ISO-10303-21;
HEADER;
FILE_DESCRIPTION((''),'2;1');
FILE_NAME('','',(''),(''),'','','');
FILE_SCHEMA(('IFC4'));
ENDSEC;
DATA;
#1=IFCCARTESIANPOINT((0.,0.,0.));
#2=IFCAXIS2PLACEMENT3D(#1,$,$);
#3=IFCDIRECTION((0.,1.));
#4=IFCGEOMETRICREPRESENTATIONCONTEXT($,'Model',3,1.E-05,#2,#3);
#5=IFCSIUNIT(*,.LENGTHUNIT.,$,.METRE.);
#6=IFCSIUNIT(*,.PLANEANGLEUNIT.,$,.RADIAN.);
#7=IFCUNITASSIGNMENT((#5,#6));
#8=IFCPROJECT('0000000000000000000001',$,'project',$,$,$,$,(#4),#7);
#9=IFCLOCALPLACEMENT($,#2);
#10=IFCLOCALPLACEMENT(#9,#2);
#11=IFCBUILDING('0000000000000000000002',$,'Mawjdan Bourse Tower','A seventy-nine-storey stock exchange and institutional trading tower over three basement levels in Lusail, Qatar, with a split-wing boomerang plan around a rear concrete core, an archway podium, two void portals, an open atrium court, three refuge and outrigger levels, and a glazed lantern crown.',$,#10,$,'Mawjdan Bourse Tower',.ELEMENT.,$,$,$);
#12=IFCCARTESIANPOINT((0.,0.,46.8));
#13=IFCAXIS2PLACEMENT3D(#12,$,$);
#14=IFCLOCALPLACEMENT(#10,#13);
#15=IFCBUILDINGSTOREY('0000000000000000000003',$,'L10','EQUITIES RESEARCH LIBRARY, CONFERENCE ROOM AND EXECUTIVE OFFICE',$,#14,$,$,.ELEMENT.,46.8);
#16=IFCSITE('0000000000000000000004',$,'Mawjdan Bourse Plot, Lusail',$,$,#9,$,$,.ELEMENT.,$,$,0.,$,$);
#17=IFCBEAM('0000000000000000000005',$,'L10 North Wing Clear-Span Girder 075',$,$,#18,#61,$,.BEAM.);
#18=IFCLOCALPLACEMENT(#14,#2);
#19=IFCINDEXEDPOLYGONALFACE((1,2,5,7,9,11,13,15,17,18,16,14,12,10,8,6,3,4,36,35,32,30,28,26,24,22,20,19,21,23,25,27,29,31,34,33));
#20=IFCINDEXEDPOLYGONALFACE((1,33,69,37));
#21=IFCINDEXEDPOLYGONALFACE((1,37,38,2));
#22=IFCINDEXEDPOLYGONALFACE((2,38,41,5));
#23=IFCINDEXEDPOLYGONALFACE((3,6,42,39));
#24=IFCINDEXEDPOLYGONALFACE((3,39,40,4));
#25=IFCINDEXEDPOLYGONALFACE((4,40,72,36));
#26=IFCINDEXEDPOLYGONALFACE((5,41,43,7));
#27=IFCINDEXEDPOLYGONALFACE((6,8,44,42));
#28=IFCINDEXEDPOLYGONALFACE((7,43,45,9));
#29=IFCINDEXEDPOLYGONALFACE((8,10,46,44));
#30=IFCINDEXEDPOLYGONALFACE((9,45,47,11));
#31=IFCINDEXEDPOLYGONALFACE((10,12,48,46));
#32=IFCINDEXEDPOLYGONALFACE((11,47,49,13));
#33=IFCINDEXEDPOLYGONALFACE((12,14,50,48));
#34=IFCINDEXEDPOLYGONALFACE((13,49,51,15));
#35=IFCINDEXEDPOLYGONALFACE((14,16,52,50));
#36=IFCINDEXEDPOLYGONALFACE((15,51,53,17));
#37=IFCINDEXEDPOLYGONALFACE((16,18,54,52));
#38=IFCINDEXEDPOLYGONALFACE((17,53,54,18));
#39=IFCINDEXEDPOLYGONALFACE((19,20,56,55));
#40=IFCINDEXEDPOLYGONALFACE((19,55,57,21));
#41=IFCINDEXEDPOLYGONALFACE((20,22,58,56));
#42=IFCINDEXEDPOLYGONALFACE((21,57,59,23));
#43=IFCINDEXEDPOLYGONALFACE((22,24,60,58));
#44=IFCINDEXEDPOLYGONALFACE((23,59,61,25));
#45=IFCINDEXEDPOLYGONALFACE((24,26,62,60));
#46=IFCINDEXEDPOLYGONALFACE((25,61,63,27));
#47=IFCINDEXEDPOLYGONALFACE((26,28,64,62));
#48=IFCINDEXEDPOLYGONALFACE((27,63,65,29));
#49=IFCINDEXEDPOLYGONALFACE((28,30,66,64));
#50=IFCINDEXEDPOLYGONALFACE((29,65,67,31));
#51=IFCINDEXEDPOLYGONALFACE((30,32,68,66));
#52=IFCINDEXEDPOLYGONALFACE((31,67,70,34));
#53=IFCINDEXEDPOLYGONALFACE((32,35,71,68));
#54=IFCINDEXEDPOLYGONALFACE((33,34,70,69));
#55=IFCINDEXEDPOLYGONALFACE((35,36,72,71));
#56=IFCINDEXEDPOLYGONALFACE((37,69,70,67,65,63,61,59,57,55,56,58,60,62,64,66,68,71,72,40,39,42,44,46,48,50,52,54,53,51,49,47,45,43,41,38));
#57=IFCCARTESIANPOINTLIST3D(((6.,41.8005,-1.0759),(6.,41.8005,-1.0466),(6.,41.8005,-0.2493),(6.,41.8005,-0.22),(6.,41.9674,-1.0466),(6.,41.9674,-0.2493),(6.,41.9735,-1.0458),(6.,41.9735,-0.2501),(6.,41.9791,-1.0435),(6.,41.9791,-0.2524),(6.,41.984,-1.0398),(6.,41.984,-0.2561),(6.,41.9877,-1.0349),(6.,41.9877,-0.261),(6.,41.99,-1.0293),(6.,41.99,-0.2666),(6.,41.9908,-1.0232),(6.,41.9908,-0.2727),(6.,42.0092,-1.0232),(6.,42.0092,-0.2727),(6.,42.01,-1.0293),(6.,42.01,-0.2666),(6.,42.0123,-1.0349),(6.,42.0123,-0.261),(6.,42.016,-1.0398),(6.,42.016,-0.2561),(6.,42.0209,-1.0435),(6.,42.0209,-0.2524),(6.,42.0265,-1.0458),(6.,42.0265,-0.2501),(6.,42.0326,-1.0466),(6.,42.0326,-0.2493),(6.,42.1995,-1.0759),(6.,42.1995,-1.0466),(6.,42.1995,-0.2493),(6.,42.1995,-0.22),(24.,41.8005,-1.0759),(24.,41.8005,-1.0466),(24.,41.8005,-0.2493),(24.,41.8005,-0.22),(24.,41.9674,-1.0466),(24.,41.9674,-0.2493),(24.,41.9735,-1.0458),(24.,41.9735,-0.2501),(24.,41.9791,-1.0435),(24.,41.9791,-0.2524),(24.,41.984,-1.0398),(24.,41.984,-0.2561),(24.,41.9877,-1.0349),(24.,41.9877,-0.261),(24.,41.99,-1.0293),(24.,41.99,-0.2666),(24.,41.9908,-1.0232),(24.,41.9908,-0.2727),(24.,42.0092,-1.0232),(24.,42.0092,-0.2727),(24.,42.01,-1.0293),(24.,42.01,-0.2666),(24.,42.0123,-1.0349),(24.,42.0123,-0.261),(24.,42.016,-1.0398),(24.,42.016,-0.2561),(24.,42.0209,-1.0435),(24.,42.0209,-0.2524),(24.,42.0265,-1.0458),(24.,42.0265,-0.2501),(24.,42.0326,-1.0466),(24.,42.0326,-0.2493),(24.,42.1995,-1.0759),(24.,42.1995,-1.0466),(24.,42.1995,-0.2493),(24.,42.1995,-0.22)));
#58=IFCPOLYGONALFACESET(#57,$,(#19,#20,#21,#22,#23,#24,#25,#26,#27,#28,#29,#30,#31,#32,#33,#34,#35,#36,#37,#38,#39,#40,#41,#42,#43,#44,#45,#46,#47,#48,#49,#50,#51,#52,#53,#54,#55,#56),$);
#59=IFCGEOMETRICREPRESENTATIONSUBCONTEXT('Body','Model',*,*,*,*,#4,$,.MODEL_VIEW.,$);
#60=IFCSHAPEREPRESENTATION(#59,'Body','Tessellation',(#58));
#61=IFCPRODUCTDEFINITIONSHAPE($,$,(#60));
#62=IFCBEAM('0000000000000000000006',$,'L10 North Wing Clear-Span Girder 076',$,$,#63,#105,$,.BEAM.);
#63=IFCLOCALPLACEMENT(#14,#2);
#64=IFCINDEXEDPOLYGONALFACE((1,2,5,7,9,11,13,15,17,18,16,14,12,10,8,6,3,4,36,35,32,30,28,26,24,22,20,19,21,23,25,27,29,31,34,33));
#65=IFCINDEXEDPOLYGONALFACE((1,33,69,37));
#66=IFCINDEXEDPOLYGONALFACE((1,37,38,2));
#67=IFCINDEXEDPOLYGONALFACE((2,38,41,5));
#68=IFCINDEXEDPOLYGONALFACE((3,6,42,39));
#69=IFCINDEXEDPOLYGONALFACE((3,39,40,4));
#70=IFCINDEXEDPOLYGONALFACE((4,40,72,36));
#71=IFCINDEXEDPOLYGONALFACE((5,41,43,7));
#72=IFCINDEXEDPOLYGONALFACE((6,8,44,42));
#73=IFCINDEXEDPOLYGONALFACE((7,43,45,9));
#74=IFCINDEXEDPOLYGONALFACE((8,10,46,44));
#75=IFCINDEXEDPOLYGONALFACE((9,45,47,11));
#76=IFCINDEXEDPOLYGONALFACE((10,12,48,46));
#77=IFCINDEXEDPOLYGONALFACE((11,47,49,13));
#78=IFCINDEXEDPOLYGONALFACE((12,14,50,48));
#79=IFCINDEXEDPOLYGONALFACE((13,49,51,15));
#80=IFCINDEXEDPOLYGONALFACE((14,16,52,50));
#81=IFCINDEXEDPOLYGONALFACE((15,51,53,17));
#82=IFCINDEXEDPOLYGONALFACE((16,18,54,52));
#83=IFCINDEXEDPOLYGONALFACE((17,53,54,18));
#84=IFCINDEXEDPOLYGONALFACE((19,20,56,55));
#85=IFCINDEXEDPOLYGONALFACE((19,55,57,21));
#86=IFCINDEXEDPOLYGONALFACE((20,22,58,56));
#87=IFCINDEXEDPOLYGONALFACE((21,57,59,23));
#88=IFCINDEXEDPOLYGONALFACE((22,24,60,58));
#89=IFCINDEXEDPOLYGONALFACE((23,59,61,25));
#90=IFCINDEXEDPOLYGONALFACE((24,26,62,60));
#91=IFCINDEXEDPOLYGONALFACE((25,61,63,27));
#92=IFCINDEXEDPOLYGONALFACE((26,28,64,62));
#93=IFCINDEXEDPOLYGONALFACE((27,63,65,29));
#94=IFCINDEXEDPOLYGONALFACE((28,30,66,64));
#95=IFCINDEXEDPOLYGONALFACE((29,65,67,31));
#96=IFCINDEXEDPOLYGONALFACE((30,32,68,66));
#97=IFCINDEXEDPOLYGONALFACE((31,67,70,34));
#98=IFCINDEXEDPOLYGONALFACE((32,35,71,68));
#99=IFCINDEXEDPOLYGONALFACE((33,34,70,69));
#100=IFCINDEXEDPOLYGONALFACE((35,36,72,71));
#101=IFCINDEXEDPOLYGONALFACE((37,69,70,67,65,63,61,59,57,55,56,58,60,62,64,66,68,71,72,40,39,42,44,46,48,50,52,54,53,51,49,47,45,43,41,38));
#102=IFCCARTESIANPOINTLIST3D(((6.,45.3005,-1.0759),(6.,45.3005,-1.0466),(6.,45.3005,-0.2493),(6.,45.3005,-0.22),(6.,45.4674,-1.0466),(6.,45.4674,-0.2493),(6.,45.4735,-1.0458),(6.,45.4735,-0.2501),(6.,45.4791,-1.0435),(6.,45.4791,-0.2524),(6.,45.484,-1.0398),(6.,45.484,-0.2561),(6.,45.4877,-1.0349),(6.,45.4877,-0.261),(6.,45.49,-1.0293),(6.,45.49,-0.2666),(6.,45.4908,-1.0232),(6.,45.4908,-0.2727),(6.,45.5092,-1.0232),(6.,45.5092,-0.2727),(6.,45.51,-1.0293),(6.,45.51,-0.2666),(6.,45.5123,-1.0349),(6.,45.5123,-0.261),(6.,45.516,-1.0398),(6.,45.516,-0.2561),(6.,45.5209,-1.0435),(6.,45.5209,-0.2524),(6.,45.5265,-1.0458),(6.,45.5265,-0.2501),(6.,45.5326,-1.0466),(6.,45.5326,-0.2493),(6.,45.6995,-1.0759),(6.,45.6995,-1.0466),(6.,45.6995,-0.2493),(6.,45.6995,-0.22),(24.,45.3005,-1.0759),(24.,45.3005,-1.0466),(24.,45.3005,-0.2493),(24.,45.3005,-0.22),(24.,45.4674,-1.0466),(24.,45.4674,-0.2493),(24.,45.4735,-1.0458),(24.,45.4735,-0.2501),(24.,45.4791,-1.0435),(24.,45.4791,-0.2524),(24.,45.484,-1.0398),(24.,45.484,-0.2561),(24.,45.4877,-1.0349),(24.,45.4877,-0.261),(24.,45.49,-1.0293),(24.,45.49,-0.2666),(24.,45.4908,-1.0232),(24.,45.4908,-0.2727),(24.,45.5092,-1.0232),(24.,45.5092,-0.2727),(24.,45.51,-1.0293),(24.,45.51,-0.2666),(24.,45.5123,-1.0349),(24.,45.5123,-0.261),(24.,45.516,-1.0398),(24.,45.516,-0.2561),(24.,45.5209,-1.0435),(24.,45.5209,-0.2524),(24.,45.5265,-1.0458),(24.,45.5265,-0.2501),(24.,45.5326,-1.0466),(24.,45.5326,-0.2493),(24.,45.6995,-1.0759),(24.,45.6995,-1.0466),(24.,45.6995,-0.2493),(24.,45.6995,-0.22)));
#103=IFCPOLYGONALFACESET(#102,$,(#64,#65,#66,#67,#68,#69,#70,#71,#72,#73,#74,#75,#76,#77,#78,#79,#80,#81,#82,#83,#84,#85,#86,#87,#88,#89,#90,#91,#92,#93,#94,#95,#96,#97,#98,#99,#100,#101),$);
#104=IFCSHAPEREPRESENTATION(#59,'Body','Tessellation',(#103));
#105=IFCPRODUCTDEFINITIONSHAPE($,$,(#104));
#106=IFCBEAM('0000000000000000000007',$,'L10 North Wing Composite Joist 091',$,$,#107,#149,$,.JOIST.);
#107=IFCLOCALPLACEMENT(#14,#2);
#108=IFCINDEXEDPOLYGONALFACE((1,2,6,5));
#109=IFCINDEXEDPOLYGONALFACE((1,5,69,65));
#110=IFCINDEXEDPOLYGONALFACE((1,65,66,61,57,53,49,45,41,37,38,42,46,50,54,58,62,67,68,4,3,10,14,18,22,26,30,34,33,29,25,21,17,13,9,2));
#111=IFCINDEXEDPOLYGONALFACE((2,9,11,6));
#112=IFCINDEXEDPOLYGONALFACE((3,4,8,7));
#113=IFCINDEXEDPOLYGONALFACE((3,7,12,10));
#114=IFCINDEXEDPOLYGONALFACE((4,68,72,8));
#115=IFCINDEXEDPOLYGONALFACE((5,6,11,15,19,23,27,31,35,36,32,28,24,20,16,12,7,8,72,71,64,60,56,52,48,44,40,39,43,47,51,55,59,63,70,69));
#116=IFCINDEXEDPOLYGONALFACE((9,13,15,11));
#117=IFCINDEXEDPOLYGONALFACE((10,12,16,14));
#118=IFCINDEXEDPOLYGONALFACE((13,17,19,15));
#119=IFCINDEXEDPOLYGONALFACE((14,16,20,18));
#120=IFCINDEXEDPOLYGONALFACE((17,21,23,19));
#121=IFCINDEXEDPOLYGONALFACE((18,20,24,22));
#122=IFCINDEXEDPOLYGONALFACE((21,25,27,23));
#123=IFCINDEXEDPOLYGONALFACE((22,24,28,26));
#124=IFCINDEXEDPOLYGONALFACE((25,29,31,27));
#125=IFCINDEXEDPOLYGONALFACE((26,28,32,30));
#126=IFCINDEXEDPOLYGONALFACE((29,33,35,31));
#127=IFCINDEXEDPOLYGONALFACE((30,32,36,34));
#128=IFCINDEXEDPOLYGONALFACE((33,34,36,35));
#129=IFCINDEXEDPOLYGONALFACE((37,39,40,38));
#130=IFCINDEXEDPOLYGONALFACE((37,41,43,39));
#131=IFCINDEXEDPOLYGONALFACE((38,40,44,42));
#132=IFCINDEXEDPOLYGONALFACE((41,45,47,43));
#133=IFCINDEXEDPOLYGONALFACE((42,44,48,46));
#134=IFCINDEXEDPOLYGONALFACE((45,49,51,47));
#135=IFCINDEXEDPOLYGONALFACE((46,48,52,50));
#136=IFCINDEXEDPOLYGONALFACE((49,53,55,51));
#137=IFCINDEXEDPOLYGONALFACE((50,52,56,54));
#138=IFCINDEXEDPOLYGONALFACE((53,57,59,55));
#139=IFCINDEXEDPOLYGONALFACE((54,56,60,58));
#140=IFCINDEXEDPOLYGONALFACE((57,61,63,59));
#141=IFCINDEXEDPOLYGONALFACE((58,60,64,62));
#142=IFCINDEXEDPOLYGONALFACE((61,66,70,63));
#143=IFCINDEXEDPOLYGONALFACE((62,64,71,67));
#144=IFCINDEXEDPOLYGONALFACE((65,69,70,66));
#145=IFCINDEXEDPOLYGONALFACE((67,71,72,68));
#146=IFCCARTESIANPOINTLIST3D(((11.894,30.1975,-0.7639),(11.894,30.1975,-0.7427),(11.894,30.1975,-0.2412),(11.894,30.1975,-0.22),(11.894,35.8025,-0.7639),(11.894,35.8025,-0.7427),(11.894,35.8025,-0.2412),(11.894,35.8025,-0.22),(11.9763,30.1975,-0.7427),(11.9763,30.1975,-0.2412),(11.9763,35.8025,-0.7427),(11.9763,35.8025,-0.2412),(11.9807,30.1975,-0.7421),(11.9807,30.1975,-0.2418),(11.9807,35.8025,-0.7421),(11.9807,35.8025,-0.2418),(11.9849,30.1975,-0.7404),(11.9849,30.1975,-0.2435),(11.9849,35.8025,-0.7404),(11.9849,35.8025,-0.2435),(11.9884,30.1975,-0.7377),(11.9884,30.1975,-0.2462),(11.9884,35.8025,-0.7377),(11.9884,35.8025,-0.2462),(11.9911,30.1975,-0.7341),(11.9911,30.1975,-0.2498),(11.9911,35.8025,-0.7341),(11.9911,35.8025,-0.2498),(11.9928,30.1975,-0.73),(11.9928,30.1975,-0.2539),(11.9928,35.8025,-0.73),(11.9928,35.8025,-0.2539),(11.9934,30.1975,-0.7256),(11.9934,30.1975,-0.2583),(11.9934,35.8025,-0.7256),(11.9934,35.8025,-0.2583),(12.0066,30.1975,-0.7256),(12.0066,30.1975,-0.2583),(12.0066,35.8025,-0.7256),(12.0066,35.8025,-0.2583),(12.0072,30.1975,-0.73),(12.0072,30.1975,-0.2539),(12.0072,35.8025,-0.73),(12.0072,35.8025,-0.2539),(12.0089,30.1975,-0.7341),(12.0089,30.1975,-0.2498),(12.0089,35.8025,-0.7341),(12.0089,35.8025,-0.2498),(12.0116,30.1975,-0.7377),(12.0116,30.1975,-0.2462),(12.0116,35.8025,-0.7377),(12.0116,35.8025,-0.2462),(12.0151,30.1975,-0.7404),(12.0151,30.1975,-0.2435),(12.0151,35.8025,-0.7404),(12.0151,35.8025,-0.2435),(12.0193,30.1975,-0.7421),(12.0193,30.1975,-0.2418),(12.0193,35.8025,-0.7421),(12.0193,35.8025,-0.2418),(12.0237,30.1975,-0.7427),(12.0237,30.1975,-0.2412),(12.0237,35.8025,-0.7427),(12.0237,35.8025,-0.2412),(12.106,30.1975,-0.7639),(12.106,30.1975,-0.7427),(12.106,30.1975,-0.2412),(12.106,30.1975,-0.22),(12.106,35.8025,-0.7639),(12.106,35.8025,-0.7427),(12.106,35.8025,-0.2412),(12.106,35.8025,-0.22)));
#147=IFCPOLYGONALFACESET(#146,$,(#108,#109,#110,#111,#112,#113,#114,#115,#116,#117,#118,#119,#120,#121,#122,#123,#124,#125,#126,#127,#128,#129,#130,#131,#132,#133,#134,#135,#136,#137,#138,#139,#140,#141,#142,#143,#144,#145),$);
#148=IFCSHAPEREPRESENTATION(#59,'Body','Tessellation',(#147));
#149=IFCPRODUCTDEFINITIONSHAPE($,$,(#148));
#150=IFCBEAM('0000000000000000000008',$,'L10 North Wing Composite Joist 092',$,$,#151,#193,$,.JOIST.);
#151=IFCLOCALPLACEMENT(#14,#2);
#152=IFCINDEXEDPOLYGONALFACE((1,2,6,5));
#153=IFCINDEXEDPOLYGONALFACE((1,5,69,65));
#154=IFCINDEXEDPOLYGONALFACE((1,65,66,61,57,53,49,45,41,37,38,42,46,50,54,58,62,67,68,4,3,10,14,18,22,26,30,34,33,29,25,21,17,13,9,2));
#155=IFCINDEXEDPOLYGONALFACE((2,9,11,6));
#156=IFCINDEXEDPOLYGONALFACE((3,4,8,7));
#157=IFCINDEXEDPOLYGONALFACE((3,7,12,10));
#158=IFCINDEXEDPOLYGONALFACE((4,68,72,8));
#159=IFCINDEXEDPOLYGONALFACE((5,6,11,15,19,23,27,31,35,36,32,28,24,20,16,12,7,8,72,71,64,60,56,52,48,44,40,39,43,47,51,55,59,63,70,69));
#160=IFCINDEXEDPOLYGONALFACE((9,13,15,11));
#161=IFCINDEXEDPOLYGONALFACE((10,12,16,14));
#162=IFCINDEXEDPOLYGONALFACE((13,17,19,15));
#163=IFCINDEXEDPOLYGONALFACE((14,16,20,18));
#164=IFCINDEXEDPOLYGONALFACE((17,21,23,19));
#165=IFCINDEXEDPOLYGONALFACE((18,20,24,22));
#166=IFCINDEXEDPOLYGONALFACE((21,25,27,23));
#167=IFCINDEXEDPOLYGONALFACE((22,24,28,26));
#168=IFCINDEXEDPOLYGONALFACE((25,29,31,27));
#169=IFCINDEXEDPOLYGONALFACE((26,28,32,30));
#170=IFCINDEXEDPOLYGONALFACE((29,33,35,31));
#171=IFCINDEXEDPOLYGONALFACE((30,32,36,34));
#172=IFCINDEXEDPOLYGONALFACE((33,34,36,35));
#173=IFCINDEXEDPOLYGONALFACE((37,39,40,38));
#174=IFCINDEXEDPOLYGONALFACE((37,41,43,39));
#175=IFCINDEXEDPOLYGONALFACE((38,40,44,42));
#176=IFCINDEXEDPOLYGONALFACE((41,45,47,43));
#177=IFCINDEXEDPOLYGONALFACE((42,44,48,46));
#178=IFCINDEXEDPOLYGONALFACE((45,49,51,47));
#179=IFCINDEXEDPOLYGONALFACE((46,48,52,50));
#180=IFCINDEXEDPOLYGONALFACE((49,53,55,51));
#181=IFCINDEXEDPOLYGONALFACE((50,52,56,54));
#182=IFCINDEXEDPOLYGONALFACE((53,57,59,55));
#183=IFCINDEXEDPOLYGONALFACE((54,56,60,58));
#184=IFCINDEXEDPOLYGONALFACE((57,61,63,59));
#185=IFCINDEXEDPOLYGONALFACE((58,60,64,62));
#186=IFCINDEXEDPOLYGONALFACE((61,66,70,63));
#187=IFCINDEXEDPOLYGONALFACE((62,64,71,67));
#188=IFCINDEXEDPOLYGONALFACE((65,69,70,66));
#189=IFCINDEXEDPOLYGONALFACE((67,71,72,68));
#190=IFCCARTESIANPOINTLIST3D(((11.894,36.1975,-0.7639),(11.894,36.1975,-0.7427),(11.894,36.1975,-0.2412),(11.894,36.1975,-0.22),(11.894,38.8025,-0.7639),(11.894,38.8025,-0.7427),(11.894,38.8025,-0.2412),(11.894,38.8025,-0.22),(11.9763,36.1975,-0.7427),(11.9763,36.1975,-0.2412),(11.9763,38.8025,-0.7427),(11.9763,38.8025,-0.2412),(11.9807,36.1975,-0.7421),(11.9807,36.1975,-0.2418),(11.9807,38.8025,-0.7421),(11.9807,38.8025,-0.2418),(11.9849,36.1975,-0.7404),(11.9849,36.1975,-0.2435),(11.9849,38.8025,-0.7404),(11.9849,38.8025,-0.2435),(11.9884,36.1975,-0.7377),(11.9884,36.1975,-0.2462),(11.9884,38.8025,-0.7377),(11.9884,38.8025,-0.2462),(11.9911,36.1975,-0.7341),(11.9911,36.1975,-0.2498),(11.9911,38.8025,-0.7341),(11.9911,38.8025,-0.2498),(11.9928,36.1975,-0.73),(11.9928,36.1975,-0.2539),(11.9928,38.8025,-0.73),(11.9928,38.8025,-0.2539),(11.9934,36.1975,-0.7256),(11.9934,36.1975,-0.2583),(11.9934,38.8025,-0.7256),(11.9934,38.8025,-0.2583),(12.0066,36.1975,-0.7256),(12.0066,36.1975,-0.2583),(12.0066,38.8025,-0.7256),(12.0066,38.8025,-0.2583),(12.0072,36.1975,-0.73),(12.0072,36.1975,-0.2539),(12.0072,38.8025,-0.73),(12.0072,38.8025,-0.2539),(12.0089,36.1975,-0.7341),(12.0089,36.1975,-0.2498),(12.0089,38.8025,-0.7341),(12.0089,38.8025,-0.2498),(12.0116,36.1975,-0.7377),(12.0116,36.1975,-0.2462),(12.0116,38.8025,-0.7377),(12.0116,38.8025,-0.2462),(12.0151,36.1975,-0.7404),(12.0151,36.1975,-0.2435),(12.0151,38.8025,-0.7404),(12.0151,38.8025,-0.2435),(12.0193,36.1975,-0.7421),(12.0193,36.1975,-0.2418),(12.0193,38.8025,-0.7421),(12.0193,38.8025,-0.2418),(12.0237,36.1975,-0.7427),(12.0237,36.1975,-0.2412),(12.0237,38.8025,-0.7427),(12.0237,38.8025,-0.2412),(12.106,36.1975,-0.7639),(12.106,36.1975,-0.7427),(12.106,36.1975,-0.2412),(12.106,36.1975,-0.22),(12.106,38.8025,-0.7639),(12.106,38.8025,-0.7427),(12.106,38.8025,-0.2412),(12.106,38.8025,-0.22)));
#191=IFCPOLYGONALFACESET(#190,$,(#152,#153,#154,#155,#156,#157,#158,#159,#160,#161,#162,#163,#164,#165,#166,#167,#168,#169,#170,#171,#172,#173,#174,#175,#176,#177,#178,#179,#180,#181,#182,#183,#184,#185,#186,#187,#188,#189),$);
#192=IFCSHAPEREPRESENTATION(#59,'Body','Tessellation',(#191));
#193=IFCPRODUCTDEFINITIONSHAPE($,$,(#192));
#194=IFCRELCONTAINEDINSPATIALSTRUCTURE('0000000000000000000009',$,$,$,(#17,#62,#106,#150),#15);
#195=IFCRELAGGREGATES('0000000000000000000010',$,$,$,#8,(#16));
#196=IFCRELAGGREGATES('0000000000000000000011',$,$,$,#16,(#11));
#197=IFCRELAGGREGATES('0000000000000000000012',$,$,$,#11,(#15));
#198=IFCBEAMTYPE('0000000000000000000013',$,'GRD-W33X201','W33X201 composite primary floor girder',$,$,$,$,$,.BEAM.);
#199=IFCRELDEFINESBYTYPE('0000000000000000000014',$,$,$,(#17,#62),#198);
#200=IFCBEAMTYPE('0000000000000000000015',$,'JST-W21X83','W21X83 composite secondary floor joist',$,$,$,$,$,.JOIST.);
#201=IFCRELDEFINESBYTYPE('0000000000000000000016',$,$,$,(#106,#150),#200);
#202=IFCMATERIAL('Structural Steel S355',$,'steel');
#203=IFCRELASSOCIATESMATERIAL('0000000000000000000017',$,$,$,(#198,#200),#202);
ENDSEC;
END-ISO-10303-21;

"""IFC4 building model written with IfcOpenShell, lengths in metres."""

from ifc_helpers import new_model, si_unit, direction, frame, origin, origin_2d, place, context, subcontext, project, spatial, i_section, extrude, material, material_profile, profile_set, type_object, element, save


model = new_model("IFC4")

# Units and contexts
model_context = context("Model", 3, precision=1e-05, world=origin(), true_north=direction((0.0, 1.0)))
body_context = subcontext(model_context, "Body", "Model", "MODEL_VIEW")
ifc_project = project(units=[si_unit("LENGTHUNIT", "METRE"), si_unit("PLANEANGLEUNIT", "RADIAN")], contexts=[model_context])

# Site, building, storey
site_placement = place(None, origin())
site = spatial("IfcSite", under=ifc_project, at=site_placement, Name="Mawjdan Bourse Plot, Lusail", CompositionType="ELEMENT", RefElevation=0.0)
building_placement = place(site_placement, origin())
building = spatial("IfcBuilding", under=site, at=building_placement, Name="Mawjdan Bourse Tower", Description="A seventy-nine-storey stock exchange and institutional trading tower over three basement levels in Lusail, Qatar, with a split-wing boomerang plan around a rear concrete core, an archway podium, two void portals, an open atrium court, three refuge and outrigger levels, and a glazed lantern crown.", LongName="Mawjdan Bourse Tower", CompositionType="ELEMENT")
storey_placement = place(building_placement, frame((0.0, 0.0, 46.8)))
storey = spatial("IfcBuildingStorey", under=building, at=storey_placement, Name="L10", Description="EQUITIES RESEARCH LIBRARY, CONFERENCE ROOM AND EXECUTIVE OFFICE", CompositionType="ELEMENT", Elevation=46.8)

# Beams
ifc_material_1 = material(Name="Structural Steel S355", Category="steel")
ifc_material_profile_1 = material_profile(ifc_material_1, i_section(OverallWidth=0.3989, OverallDepth=0.856, WebThickness=0.0183, FlangeThickness=0.0293, FilletRadius=0.0234, at=origin_2d()), Name="W33X201")
ifc_profile_set_1 = profile_set([ifc_material_profile_1], Name="Structural Steel S355")
beam_type_1 = type_object("IfcBeamType", Name="GRD-W33X201", Description="W33X201 composite primary floor girder", PredefinedType="BEAM", material=ifc_profile_set_1)
for number, where, z_axis, x_axis, name in (
    (1, (6.0, 42.0, -0.6479), (1.0, 0.0, 0.0), (0.0, 1.0, 0.0), "L10 North Wing Clear-Span Girder 075"),
    (2, (6.0, 45.5, -0.6479), (1.0, 0.0, 0.0), (0.0, 1.0, 0.0), "L10 North Wing Clear-Span Girder 076"),
):
    element("IfcBeam", number, at=place(storey_placement, frame(where, z_axis=z_axis, x_axis=x_axis)), inside=storey, type_object=beam_type_1, Name=name, PredefinedType="BEAM", context=body_context, shape_type="SweptSolid", body=[
        extrude(i_section(OverallWidth=0.3989, OverallDepth=0.856, WebThickness=0.0183, FlangeThickness=0.0293, FilletRadius=0.0234, at=origin_2d()), origin(), (0.0, 0.0, 1.0), 18.0),
    ])
ifc_material_profile_2 = material_profile(ifc_material_1, i_section(OverallWidth=0.2119, OverallDepth=0.5439, WebThickness=0.0132, FlangeThickness=0.0212, FilletRadius=0.0171, at=origin_2d()), Name="W21X83")
ifc_profile_set_2 = profile_set([ifc_material_profile_2], Name="Structural Steel S355")
beam_type_2 = type_object("IfcBeamType", Name="JST-W21X83", Description="W21X83 composite secondary floor joist", PredefinedType="JOIST", material=ifc_profile_set_2)
beam_1_placement = place(storey_placement, frame((12.0, 30.1975, -0.4919), z_axis=(0.0, 1.0, 0.0), x_axis=(-1.0, 0.0, 0.0)))
element("IfcBeam", 3, at=beam_1_placement, inside=storey, type_object=beam_type_2, Name="L10 North Wing Composite Joist 091", PredefinedType="JOIST", context=body_context, shape_type="SweptSolid", body=[
    extrude(i_section(OverallWidth=0.2119, OverallDepth=0.5439, WebThickness=0.0132, FlangeThickness=0.0212, FilletRadius=0.0171, at=origin_2d()), origin(), (0.0, 0.0, 1.0), 5.605),
])
for number, where, z_axis, x_axis, name in (
    (4, (12.0, 36.1975, -0.4919), (0.0, 1.0, 0.0), (-1.0, 0.0, 0.0), "L10 North Wing Composite Joist 092"),
):
    element("IfcBeam", number, at=place(storey_placement, frame(where, z_axis=z_axis, x_axis=x_axis)), inside=storey, type_object=beam_type_2, Name=name, PredefinedType="JOIST", context=body_context, shape_type="SweptSolid", body=[
        extrude(i_section(OverallWidth=0.2119, OverallDepth=0.5439, WebThickness=0.0132, FlangeThickness=0.0212, FilletRadius=0.0171, at=origin_2d()), origin(), (0.0, 0.0, 1.0), 2.605),
    ])

save(model, "model.ifc")
